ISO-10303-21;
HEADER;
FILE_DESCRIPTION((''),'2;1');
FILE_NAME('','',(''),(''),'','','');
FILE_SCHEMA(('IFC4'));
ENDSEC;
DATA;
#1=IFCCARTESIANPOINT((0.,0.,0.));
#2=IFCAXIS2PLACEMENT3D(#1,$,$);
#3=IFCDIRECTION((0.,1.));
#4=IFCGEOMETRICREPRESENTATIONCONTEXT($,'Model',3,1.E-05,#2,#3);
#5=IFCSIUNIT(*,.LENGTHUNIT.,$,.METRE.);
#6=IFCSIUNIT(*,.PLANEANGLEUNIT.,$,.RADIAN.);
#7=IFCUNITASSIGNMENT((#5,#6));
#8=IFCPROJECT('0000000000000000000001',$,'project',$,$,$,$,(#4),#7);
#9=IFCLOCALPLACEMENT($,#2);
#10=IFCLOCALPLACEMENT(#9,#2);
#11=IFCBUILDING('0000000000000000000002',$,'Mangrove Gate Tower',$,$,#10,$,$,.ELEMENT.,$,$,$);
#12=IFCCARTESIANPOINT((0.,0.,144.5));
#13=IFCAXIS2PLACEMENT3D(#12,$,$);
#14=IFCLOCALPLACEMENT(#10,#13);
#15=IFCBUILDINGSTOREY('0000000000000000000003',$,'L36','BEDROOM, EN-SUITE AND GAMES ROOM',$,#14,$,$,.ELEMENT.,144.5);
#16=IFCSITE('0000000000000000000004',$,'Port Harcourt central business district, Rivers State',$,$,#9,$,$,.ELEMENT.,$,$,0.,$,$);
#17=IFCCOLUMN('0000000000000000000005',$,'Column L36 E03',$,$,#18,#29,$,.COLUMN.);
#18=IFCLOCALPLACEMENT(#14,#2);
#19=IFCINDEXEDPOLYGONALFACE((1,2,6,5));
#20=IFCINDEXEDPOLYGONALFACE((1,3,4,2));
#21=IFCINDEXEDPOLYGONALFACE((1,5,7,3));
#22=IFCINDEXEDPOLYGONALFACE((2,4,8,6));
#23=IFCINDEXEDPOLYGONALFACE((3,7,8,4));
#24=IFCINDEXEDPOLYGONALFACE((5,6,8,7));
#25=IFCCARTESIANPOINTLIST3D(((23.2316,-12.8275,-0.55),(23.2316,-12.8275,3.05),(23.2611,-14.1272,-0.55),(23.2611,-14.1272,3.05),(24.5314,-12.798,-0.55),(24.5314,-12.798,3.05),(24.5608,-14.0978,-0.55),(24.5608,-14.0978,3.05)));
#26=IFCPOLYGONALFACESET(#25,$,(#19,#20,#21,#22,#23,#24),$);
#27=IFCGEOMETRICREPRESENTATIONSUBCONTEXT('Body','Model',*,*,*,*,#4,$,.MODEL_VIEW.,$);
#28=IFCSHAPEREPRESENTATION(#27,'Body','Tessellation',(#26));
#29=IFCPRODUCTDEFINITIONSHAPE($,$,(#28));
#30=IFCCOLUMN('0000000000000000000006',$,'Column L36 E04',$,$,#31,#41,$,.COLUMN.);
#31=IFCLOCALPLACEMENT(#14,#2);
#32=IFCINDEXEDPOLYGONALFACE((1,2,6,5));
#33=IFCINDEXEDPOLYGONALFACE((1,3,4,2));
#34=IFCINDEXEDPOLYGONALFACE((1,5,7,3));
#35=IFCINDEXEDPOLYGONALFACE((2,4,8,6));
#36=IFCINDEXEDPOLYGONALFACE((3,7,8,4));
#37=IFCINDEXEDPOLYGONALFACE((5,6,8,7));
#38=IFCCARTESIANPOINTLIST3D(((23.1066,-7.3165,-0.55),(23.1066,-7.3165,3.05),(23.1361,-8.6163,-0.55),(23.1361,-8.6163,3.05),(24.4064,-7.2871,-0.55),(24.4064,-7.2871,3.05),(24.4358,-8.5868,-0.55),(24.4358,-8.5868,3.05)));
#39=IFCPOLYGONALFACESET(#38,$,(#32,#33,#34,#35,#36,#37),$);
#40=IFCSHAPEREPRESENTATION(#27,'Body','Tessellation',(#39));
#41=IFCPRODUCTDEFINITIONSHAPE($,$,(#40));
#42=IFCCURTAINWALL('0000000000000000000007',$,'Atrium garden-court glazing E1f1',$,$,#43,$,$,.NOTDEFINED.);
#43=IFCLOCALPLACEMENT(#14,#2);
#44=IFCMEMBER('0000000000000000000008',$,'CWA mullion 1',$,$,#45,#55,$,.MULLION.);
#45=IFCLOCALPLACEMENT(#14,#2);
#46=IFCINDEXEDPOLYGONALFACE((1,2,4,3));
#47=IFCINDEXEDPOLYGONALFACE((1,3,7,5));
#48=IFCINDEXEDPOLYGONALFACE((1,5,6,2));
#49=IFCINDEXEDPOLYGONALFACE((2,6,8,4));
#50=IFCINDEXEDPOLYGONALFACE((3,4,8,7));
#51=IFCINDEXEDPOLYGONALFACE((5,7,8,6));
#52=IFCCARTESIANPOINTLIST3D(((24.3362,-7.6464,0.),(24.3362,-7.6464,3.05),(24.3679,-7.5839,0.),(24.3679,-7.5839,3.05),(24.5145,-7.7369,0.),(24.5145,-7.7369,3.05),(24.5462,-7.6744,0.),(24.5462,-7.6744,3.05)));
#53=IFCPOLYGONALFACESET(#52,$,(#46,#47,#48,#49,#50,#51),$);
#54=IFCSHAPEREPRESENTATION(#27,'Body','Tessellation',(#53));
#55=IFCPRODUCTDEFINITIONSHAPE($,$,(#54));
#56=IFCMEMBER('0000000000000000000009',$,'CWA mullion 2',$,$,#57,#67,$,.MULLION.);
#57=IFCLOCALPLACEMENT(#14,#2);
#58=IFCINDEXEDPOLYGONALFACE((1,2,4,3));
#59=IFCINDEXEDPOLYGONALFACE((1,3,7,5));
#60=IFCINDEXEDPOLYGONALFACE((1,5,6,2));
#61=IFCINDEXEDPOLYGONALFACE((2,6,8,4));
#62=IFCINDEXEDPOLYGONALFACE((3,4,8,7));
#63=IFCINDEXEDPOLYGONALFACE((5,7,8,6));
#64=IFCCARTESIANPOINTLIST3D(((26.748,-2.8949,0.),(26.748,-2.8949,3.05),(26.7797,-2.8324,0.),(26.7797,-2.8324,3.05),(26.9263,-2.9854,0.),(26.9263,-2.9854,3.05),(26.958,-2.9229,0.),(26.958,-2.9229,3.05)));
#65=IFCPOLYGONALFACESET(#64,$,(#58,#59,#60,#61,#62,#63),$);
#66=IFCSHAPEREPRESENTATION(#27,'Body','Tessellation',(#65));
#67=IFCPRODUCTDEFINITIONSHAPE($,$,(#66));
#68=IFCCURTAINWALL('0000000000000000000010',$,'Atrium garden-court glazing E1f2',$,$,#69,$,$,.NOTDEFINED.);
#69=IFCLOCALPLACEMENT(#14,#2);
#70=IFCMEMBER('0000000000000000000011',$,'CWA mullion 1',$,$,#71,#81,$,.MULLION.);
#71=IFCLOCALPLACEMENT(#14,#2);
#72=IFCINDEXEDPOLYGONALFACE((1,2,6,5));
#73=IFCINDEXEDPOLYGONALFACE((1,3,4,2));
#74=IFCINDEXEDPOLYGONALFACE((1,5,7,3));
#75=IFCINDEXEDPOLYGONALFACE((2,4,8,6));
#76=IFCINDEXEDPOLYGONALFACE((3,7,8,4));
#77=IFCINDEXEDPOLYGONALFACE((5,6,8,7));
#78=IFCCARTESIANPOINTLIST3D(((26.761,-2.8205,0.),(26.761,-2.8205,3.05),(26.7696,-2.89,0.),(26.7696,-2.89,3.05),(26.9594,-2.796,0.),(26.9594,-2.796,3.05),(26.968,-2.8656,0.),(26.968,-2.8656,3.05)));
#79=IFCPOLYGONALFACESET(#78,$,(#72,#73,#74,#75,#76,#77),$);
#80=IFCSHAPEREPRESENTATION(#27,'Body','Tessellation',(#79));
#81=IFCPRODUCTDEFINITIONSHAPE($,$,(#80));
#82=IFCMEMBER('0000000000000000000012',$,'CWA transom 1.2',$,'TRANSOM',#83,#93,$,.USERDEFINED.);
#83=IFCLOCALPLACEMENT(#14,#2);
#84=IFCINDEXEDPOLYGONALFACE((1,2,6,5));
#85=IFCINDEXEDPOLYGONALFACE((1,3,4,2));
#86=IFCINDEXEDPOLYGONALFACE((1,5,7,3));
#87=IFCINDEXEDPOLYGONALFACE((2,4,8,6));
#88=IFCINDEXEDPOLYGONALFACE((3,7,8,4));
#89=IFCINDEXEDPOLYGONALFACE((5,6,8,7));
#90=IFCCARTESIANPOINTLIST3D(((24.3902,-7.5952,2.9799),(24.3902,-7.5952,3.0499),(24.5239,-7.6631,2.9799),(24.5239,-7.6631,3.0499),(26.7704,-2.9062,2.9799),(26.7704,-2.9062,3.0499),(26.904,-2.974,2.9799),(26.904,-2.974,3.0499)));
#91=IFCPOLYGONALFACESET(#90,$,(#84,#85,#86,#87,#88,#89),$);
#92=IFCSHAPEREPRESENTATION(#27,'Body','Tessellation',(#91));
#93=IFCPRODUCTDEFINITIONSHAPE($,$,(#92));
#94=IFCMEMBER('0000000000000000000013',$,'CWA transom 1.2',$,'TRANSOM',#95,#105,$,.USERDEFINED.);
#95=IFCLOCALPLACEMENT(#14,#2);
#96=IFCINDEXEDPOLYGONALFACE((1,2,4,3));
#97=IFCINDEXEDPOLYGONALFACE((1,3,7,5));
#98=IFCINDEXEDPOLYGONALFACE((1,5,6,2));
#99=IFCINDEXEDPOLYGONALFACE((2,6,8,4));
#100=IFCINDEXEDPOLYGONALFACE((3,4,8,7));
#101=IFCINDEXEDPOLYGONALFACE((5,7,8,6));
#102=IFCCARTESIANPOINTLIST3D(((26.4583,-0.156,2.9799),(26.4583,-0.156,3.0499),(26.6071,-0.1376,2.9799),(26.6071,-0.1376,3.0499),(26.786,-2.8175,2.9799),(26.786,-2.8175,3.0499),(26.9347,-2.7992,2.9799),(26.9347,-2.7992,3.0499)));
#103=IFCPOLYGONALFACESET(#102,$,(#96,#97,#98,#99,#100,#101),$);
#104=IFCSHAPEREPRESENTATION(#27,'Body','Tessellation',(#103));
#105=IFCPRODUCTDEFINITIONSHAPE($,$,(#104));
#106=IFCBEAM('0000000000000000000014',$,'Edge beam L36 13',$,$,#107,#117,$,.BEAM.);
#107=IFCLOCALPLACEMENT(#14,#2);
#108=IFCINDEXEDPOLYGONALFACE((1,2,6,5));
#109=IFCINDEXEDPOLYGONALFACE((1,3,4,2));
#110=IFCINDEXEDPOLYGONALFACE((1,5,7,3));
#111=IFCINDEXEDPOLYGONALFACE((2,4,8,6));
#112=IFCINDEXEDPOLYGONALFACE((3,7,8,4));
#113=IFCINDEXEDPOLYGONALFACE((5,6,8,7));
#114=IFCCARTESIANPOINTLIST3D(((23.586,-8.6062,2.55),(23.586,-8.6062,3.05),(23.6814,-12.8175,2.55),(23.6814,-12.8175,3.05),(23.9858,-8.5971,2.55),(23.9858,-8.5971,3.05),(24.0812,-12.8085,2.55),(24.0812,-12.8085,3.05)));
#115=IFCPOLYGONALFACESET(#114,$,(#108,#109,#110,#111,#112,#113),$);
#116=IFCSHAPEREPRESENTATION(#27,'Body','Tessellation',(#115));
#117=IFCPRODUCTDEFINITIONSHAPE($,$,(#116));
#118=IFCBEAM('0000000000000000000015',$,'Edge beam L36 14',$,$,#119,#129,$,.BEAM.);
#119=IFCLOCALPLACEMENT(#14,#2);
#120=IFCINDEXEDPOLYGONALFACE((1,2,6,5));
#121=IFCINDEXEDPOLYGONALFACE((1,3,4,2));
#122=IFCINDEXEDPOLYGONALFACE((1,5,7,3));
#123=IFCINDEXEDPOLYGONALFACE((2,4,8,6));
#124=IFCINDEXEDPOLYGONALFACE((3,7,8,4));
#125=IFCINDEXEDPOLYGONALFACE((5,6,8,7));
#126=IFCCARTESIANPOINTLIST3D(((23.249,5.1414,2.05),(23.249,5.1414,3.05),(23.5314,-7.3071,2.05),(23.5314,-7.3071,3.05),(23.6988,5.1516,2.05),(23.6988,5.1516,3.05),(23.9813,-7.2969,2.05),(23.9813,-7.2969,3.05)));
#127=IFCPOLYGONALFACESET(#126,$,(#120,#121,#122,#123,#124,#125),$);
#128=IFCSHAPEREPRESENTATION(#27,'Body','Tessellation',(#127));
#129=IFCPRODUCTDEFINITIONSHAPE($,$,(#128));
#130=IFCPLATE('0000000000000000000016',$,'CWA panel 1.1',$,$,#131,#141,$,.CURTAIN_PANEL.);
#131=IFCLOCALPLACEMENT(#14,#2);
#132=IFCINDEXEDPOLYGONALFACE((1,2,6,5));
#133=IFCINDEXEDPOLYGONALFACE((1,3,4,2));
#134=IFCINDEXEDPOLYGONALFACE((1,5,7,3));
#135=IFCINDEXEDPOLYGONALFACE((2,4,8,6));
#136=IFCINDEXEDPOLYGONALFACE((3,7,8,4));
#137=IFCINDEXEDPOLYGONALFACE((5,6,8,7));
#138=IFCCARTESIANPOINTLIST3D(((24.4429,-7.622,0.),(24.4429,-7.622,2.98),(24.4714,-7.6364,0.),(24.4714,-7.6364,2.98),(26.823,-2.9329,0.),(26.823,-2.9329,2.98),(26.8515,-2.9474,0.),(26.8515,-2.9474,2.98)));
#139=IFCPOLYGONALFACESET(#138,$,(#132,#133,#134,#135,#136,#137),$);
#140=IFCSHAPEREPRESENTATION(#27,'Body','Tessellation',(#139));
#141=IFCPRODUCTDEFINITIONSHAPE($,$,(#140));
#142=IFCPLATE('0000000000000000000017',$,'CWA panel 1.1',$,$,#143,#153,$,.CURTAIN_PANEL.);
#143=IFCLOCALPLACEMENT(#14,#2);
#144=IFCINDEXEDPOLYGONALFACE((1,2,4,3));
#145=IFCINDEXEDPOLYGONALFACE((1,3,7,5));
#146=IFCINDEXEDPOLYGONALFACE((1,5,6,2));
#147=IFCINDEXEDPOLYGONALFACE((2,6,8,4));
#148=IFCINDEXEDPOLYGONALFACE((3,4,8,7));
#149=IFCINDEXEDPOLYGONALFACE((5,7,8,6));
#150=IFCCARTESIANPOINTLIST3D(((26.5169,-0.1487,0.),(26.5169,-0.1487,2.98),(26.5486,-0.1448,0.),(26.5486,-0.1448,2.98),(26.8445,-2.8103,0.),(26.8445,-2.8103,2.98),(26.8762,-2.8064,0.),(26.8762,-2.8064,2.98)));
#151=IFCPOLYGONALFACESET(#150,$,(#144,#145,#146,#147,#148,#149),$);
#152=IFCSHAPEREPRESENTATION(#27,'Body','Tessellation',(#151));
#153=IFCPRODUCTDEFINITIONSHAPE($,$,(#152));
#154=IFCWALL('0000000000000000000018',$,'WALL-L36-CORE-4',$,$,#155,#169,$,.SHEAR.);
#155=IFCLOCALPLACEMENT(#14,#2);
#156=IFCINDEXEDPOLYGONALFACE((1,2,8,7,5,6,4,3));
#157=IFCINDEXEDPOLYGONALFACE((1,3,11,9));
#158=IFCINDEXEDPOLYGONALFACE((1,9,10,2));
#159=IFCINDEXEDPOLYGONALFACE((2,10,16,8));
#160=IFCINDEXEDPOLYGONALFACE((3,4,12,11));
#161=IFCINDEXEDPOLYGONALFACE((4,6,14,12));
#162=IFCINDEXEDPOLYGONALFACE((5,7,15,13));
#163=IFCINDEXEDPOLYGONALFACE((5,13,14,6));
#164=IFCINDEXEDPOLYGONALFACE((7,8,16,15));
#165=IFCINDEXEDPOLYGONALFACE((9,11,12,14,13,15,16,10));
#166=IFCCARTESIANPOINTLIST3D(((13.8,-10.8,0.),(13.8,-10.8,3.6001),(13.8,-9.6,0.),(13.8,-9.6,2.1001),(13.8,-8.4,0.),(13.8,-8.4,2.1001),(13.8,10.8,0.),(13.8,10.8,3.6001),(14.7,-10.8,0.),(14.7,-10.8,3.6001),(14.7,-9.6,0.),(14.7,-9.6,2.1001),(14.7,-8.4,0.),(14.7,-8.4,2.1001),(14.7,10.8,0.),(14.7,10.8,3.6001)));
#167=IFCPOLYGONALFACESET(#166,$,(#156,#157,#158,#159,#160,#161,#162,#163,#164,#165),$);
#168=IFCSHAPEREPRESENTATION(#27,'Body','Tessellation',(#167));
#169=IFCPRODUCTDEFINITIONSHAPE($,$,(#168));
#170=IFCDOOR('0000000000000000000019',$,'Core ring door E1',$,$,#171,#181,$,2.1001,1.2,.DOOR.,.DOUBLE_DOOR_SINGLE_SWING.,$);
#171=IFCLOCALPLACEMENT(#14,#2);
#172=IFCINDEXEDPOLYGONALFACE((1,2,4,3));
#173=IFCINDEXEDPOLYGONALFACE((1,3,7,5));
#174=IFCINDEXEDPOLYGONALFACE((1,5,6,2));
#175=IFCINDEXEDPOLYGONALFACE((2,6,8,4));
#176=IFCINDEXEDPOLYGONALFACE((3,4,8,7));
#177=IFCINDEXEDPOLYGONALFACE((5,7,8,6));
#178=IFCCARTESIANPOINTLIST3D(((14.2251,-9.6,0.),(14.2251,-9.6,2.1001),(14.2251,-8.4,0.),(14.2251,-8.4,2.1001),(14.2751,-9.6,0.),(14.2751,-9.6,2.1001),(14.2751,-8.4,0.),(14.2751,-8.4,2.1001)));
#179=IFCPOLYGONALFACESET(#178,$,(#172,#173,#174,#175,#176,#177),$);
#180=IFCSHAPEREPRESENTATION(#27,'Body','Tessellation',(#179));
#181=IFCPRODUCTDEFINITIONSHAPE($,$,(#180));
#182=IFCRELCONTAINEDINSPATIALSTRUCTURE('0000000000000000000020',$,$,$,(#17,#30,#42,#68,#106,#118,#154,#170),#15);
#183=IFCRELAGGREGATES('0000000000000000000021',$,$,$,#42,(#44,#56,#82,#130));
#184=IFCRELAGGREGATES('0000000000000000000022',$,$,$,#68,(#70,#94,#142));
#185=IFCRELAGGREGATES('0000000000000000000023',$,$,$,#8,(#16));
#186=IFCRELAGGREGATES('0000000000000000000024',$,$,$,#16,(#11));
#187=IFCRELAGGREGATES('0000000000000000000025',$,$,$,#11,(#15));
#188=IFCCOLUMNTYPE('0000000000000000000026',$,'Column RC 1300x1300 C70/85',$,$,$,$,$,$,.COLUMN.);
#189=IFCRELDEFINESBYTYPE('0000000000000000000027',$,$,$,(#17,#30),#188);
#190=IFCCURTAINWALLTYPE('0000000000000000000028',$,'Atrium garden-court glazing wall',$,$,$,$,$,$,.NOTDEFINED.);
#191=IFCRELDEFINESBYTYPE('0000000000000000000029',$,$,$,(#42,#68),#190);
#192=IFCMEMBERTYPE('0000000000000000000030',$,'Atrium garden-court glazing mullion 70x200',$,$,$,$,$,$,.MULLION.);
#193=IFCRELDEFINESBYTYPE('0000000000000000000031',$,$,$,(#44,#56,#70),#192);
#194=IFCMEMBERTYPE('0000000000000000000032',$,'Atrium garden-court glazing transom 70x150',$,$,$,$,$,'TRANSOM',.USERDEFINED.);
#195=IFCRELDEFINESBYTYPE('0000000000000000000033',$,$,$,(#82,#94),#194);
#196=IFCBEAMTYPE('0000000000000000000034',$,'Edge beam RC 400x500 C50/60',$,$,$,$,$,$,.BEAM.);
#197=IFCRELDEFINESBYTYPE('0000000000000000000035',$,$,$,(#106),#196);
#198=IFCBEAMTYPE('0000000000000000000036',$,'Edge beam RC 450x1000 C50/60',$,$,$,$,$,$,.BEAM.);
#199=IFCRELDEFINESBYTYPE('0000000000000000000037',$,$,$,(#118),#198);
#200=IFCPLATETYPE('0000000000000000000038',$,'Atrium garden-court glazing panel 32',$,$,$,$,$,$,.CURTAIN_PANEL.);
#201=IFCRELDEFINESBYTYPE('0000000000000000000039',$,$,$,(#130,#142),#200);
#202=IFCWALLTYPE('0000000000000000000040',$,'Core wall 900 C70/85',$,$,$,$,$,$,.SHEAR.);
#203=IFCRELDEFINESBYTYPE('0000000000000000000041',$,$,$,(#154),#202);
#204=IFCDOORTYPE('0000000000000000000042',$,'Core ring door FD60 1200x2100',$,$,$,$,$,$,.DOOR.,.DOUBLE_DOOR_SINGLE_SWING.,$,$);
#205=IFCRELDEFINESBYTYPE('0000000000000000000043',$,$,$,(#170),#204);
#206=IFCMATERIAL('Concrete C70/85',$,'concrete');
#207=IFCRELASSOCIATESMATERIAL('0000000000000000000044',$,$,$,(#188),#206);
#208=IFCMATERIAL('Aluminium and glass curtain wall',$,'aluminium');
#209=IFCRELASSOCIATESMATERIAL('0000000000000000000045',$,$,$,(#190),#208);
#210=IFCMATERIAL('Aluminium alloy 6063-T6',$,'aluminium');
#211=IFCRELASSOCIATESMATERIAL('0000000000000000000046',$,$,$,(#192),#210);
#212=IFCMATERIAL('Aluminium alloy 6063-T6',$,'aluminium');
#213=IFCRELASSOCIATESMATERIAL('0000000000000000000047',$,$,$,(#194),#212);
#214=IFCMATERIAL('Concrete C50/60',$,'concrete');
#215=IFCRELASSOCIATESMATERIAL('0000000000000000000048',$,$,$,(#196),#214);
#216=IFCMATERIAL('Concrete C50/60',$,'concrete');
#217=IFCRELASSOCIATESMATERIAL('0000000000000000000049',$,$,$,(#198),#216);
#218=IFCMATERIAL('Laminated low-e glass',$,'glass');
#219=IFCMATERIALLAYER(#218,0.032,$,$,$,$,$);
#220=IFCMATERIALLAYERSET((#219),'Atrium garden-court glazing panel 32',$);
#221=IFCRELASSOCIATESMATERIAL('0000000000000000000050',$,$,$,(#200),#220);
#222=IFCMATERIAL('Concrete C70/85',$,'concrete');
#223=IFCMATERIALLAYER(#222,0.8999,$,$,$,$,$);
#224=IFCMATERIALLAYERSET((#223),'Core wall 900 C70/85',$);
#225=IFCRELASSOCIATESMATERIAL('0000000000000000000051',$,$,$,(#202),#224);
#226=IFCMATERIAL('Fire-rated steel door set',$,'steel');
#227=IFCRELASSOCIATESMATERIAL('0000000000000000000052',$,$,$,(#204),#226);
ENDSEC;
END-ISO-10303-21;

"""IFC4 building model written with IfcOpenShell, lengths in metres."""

from ifc_helpers import new_model, si_unit, direction, frame, frame_2d, origin, origin_2d, place, context, subcontext, project, spatial, rectangle, extrude, material, layer, layer_set, material_profile, profile_set, type_object, element, fill, aggregate, save


model = new_model("IFC4")

# Units and contexts
model_context = context("Model", 3, precision=1e-05, world=origin(), true_north=direction((0.0, 1.0)))
body_context = subcontext(model_context, "Body", "Model", "MODEL_VIEW")
ifc_project = project(units=[si_unit("LENGTHUNIT", "METRE"), si_unit("PLANEANGLEUNIT", "RADIAN")], contexts=[model_context])

# Site, building, storey
site_placement = place(None, origin())
site = spatial("IfcSite", under=ifc_project, at=site_placement, Name="Port Harcourt central business district, Rivers State", CompositionType="ELEMENT", RefElevation=0.0)
building_placement = place(site_placement, origin())
building = spatial("IfcBuilding", under=site, at=building_placement, Name="Mangrove Gate Tower", CompositionType="ELEMENT")
storey_placement = place(building_placement, frame((0.0, 0.0, 144.5)))
storey = spatial("IfcBuildingStorey", under=building, at=storey_placement, Name="L36", Description="BEDROOM, EN-SUITE AND GAMES ROOM", CompositionType="ELEMENT", Elevation=144.5)

# Columns
ifc_material_1 = material(Name="Concrete C70/85", Category="concrete")
ifc_material_profile_1 = material_profile(ifc_material_1, rectangle(XDim=1.3, YDim=1.3, at=origin_2d()))
ifc_profile_set_1 = profile_set([ifc_material_profile_1], Name="Concrete C70/85")
column_type = type_object("IfcColumnType", Name="Column RC 1300x1300 C70/85", PredefinedType="COLUMN", material=ifc_profile_set_1)
for number, where, z_axis, x_axis, name in (
    (1, (23.8962, -13.4626, -0.55), (0.0, 0.0, 1.0), (-0.022678, 0.999743, 0.0), "Column L36 E03"),
    (2, (23.7712, -7.9517, -0.55), (0.0, 0.0, 1.0), (-0.022685, 0.999743, 0.0), "Column L36 E04"),
):
    element("IfcColumn", number, at=place(storey_placement, frame(where, z_axis=z_axis, x_axis=x_axis)), inside=storey, type_object=column_type, Name=name, PredefinedType="COLUMN", context=body_context, shape_type="SweptSolid", body=[
        extrude(rectangle(XDim=1.3, YDim=1.3, at=origin_2d()), origin(), (0.0, 0.0, 1.0), 3.6001),
    ])

# Curtain wall, members
ifc_material_2 = material(Name="Aluminium and glass curtain wall", Category="aluminium")
curtain_wall_type = type_object("IfcCurtainWallType", Name="Atrium garden-court glazing wall", PredefinedType="NOTDEFINED", material=ifc_material_2)
curtain_wall_1_placement = place(storey_placement, origin())
curtain_wall_1 = element("IfcCurtainWall", 3, at=curtain_wall_1_placement, inside=storey, type_object=curtain_wall_type, Name="Atrium garden-court glazing E1f1", PredefinedType="NOTDEFINED")
ifc_material_3 = material(Name="Aluminium alloy 6063-T6", Category="aluminium")
ifc_material_profile_2 = material_profile(ifc_material_3, rectangle(XDim=0.0701, YDim=0.2, at=origin_2d()))
ifc_profile_set_2 = profile_set([ifc_material_profile_2], Name="Aluminium alloy 6063-T6")
member_type_1 = type_object("IfcMemberType", Name="Atrium garden-court glazing mullion 70x200", PredefinedType="MULLION", material=ifc_profile_set_2)
member_1_placement = place(storey_placement, frame((24.4412, -7.6604, 0.0), z_axis=(0.0, 0.0, 1.0), x_axis=(0.452615, 0.891706, 0.0)))
member_1 = element("IfcMember", 4, at=member_1_placement, type_object=member_type_1, Name="CWA mullion 1", PredefinedType="MULLION", context=body_context, shape_type="SweptSolid", body=[
    extrude(rectangle(XDim=0.0701, YDim=0.2, at=origin_2d()), origin(), (0.0, 0.0, 1.0), 3.05),
])
member_2_placement = place(storey_placement, frame((26.853, -2.9089, 0.0), z_axis=(0.0, 0.0, 1.0), x_axis=(0.452615, 0.891706, 0.0)))
member_2 = element("IfcMember", 5, at=member_2_placement, type_object=member_type_1, Name="CWA mullion 2", PredefinedType="MULLION", context=body_context, shape_type="SweptSolid", body=[
    extrude(rectangle(XDim=0.0701, YDim=0.2, at=origin_2d()), origin(), (0.0, 0.0, 1.0), 3.05),
])

# Curtain wall, member
curtain_wall_2_placement = place(storey_placement, origin())
curtain_wall_2 = element("IfcCurtainWall", 6, at=curtain_wall_2_placement, inside=storey, type_object=curtain_wall_type, Name="Atrium garden-court glazing E1f2", PredefinedType="NOTDEFINED")
member_3_placement = place(storey_placement, frame((26.8645, -2.843, 0.0), z_axis=(0.0, 0.0, 1.0), x_axis=(-0.122172, 0.992509, 0.0)))
member_3 = element("IfcMember", 7, at=member_3_placement, type_object=member_type_1, Name="CWA mullion 1", PredefinedType="MULLION", context=body_context, shape_type="SweptSolid", body=[
    extrude(rectangle(XDim=0.0701, YDim=0.2, at=origin_2d()), origin(), (0.0, 0.0, 1.0), 3.05),
])

# Members
ifc_material_4 = material(Name="Aluminium alloy 6063-T6", Category="aluminium")
ifc_material_profile_3 = material_profile(ifc_material_4, rectangle(XDim=0.0701, YDim=0.1499, at=origin_2d()))
ifc_profile_set_3 = profile_set([ifc_material_profile_3], Name="Aluminium alloy 6063-T6")
member_type_2 = type_object("IfcMemberType", Name="Atrium garden-court glazing transom 70x150", ElementType="TRANSOM", PredefinedType="USERDEFINED", material=ifc_profile_set_3)
member_4_placement = place(storey_placement, frame((24.457, -7.6292, 3.0149), z_axis=(0.452628, 0.891699, 0.0), x_axis=(0.0, 0.0, 1.0)))
member_4 = element("IfcMember", 8, at=member_4_placement, type_object=member_type_2, Name="CWA transom 1.2", ObjectType="TRANSOM", PredefinedType="USERDEFINED", context=body_context, shape_type="SweptSolid", body=[
    extrude(rectangle(XDim=0.0701, YDim=0.1499, at=origin_2d()), origin(), (0.0, 0.0, 1.0), 5.2585),
])
member_5_placement = place(storey_placement, frame((26.8604, -2.8083, 3.0149), z_axis=(-0.122175, 0.992509, 0.0), x_axis=(0.0, 0.0, 1.0)))
member_5 = element("IfcMember", 9, at=member_5_placement, type_object=member_type_2, Name="CWA transom 1.2", ObjectType="TRANSOM", PredefinedType="USERDEFINED", context=body_context, shape_type="SweptSolid", body=[
    extrude(rectangle(XDim=0.0701, YDim=0.1499, at=origin_2d()), origin(), (0.0, 0.0, 1.0), 2.6816),
])

# Beams
ifc_material_5 = material(Name="Concrete C50/60", Category="concrete")
ifc_material_profile_4 = material_profile(ifc_material_5, rectangle(XDim=0.3999, YDim=0.5, at=origin_2d()))
ifc_profile_set_4 = profile_set([ifc_material_profile_4], Name="Concrete C50/60")
beam_type_1 = type_object("IfcBeamType", Name="Edge beam RC 400x500 C50/60", PredefinedType="BEAM", material=ifc_profile_set_4)
beam_1_placement = place(storey_placement, frame((23.8813, -12.813, 2.8), z_axis=(-0.022661, 0.999743, 0.0), x_axis=(-0.999743, -0.022661, 0.0)))
element("IfcBeam", 10, at=beam_1_placement, inside=storey, type_object=beam_type_1, Name="Edge beam L36 13", PredefinedType="BEAM", context=body_context, shape_type="SweptSolid", body=[
    extrude(rectangle(XDim=0.3999, YDim=0.5, at=origin_2d()), origin(), (0.0, 0.0, 1.0), 4.2124),
])
ifc_material_6 = material(Name="Concrete C50/60", Category="concrete")
ifc_material_profile_5 = material_profile(ifc_material_6, rectangle(XDim=0.45, YDim=1.0, at=origin_2d()))
ifc_profile_set_5 = profile_set([ifc_material_profile_5], Name="Concrete C50/60")
beam_type_2 = type_object("IfcBeamType", Name="Edge beam RC 450x1000 C50/60", PredefinedType="BEAM", material=ifc_profile_set_5)
beam_2_placement = place(storey_placement, frame((23.7563, -7.302, 2.55), z_axis=(-0.022685, 0.999743, 0.0), x_axis=(-0.999743, -0.022685, 0.0)))
element("IfcBeam", 11, at=beam_2_placement, inside=storey, type_object=beam_type_2, Name="Edge beam L36 14", PredefinedType="BEAM", context=body_context, shape_type="SweptSolid", body=[
    extrude(rectangle(XDim=0.45, YDim=1.0, at=origin_2d()), origin(), (0.0, 0.0, 1.0), 12.4517),
])

# Plates
ifc_material_7 = material(Name="Laminated low-e glass", Category="glass")
ifc_layer_1 = layer(ifc_material_7, 0.032)
ifc_layer_set_1 = layer_set([ifc_layer_1], Name="Atrium garden-court glazing panel 32")
plate_type = type_object("IfcPlateType", Name="Atrium garden-court glazing panel 32", PredefinedType="CURTAIN_PANEL", material=ifc_layer_set_1)
plate_1_placement = place(storey_placement, frame((25.6472, -5.2847, 0.0), z_axis=(0.0, 0.0, 1.0), x_axis=(0.452615, 0.891706, 0.0)))
plate_1 = element("IfcPlate", 12, at=plate_1_placement, type_object=plate_type, Name="CWA panel 1.1", PredefinedType="CURTAIN_PANEL", context=body_context, shape_type="SweptSolid", body=[
    extrude(rectangle(XDim=5.2585, YDim=0.032, at=origin_2d()), origin(), (0.0, 0.0, 1.0), 2.98),
])
aggregate(curtain_wall_1, [member_1, member_2, member_4, plate_1])
plate_2_placement = place(storey_placement, frame((26.6965, -1.4775, 0.0), z_axis=(0.0, 0.0, 1.0), x_axis=(-0.122172, 0.992509, 0.0)))
plate_2 = element("IfcPlate", 13, at=plate_2_placement, type_object=plate_type, Name="CWA panel 1.1", PredefinedType="CURTAIN_PANEL", context=body_context, shape_type="SweptSolid", body=[
    extrude(rectangle(XDim=2.6816, YDim=0.032, at=origin_2d()), origin(), (0.0, 0.0, 1.0), 2.98),
])
aggregate(curtain_wall_2, [member_3, member_5, plate_2])

# Wall, opening, door
ifc_material_8 = material(Name="Concrete C70/85", Category="concrete")
ifc_layer_2 = layer(ifc_material_8, 0.8999)
ifc_layer_set_2 = layer_set([ifc_layer_2], Name="Core wall 900 C70/85")
wall_type_1 = type_object("IfcWallType", Name="Core wall 900 C70/85", PredefinedType="SHEAR", material=ifc_layer_set_2)
wall_1_placement = place(storey_placement, frame((14.25, -10.8, 0.0), z_axis=(0.0, 0.0, 1.0), x_axis=(0.0, 1.0, 0.0)))
wall_1 = element("IfcWall", 14, at=wall_1_placement, inside=storey, type_object=wall_type_1, Name="WALL-L36-CORE-4", PredefinedType="SHEAR", context=body_context, shape_type="SweptSolid", body=[
    extrude(rectangle(XDim=21.6001, YDim=0.8999, at=frame_2d((10.8, 0.0))), origin(), (0.0, 0.0, 1.0), 3.6001),
])
opening_1_placement = place(wall_1_placement, frame((1.2, 0.0, 0.0)))
opening_1 = element("IfcOpeningElement", 15, at=opening_1_placement, cuts=wall_1, PredefinedType="OPENING", context=body_context, shape_type="SweptSolid", body=[
    extrude(rectangle(XDim=1.2, YDim=2.1001, at=frame_2d((0.6001, 1.05))), frame((0.0, 0.46, 0.0), z_axis=(0.0, -1.0, 0.0), x_axis=(1.0, 0.0, 0.0)), (0.0, 0.0, 1.0), 0.9199),
])
ifc_material_9 = material(Name="Fire-rated steel door set", Category="steel")
door_type_1 = type_object("IfcDoorType", Name="Core ring door FD60 1200x2100", OperationType="DOUBLE_DOOR_SINGLE_SWING", PredefinedType="DOOR", material=ifc_material_9)
door_1_placement = place(opening_1_placement, origin())
door_1 = element("IfcDoor", 16, at=door_1_placement, inside=storey, type_object=door_type_1, Name="Core ring door E1", OperationType="DOUBLE_DOOR_SINGLE_SWING", OverallHeight=2.1001, OverallWidth=1.2, PredefinedType="DOOR", context=body_context, shape_type="SweptSolid", body=[
    extrude(rectangle(XDim=1.2, YDim=2.1001, at=frame_2d((0.6001, 1.05))), frame((0.0, 0.0249, 0.0), z_axis=(0.0, -1.0, 0.0), x_axis=(1.0, 0.0, 0.0)), (0.0, 0.0, 1.0), 0.05),
])
fill(opening_1, door_1)

save(model, "model.ifc")
